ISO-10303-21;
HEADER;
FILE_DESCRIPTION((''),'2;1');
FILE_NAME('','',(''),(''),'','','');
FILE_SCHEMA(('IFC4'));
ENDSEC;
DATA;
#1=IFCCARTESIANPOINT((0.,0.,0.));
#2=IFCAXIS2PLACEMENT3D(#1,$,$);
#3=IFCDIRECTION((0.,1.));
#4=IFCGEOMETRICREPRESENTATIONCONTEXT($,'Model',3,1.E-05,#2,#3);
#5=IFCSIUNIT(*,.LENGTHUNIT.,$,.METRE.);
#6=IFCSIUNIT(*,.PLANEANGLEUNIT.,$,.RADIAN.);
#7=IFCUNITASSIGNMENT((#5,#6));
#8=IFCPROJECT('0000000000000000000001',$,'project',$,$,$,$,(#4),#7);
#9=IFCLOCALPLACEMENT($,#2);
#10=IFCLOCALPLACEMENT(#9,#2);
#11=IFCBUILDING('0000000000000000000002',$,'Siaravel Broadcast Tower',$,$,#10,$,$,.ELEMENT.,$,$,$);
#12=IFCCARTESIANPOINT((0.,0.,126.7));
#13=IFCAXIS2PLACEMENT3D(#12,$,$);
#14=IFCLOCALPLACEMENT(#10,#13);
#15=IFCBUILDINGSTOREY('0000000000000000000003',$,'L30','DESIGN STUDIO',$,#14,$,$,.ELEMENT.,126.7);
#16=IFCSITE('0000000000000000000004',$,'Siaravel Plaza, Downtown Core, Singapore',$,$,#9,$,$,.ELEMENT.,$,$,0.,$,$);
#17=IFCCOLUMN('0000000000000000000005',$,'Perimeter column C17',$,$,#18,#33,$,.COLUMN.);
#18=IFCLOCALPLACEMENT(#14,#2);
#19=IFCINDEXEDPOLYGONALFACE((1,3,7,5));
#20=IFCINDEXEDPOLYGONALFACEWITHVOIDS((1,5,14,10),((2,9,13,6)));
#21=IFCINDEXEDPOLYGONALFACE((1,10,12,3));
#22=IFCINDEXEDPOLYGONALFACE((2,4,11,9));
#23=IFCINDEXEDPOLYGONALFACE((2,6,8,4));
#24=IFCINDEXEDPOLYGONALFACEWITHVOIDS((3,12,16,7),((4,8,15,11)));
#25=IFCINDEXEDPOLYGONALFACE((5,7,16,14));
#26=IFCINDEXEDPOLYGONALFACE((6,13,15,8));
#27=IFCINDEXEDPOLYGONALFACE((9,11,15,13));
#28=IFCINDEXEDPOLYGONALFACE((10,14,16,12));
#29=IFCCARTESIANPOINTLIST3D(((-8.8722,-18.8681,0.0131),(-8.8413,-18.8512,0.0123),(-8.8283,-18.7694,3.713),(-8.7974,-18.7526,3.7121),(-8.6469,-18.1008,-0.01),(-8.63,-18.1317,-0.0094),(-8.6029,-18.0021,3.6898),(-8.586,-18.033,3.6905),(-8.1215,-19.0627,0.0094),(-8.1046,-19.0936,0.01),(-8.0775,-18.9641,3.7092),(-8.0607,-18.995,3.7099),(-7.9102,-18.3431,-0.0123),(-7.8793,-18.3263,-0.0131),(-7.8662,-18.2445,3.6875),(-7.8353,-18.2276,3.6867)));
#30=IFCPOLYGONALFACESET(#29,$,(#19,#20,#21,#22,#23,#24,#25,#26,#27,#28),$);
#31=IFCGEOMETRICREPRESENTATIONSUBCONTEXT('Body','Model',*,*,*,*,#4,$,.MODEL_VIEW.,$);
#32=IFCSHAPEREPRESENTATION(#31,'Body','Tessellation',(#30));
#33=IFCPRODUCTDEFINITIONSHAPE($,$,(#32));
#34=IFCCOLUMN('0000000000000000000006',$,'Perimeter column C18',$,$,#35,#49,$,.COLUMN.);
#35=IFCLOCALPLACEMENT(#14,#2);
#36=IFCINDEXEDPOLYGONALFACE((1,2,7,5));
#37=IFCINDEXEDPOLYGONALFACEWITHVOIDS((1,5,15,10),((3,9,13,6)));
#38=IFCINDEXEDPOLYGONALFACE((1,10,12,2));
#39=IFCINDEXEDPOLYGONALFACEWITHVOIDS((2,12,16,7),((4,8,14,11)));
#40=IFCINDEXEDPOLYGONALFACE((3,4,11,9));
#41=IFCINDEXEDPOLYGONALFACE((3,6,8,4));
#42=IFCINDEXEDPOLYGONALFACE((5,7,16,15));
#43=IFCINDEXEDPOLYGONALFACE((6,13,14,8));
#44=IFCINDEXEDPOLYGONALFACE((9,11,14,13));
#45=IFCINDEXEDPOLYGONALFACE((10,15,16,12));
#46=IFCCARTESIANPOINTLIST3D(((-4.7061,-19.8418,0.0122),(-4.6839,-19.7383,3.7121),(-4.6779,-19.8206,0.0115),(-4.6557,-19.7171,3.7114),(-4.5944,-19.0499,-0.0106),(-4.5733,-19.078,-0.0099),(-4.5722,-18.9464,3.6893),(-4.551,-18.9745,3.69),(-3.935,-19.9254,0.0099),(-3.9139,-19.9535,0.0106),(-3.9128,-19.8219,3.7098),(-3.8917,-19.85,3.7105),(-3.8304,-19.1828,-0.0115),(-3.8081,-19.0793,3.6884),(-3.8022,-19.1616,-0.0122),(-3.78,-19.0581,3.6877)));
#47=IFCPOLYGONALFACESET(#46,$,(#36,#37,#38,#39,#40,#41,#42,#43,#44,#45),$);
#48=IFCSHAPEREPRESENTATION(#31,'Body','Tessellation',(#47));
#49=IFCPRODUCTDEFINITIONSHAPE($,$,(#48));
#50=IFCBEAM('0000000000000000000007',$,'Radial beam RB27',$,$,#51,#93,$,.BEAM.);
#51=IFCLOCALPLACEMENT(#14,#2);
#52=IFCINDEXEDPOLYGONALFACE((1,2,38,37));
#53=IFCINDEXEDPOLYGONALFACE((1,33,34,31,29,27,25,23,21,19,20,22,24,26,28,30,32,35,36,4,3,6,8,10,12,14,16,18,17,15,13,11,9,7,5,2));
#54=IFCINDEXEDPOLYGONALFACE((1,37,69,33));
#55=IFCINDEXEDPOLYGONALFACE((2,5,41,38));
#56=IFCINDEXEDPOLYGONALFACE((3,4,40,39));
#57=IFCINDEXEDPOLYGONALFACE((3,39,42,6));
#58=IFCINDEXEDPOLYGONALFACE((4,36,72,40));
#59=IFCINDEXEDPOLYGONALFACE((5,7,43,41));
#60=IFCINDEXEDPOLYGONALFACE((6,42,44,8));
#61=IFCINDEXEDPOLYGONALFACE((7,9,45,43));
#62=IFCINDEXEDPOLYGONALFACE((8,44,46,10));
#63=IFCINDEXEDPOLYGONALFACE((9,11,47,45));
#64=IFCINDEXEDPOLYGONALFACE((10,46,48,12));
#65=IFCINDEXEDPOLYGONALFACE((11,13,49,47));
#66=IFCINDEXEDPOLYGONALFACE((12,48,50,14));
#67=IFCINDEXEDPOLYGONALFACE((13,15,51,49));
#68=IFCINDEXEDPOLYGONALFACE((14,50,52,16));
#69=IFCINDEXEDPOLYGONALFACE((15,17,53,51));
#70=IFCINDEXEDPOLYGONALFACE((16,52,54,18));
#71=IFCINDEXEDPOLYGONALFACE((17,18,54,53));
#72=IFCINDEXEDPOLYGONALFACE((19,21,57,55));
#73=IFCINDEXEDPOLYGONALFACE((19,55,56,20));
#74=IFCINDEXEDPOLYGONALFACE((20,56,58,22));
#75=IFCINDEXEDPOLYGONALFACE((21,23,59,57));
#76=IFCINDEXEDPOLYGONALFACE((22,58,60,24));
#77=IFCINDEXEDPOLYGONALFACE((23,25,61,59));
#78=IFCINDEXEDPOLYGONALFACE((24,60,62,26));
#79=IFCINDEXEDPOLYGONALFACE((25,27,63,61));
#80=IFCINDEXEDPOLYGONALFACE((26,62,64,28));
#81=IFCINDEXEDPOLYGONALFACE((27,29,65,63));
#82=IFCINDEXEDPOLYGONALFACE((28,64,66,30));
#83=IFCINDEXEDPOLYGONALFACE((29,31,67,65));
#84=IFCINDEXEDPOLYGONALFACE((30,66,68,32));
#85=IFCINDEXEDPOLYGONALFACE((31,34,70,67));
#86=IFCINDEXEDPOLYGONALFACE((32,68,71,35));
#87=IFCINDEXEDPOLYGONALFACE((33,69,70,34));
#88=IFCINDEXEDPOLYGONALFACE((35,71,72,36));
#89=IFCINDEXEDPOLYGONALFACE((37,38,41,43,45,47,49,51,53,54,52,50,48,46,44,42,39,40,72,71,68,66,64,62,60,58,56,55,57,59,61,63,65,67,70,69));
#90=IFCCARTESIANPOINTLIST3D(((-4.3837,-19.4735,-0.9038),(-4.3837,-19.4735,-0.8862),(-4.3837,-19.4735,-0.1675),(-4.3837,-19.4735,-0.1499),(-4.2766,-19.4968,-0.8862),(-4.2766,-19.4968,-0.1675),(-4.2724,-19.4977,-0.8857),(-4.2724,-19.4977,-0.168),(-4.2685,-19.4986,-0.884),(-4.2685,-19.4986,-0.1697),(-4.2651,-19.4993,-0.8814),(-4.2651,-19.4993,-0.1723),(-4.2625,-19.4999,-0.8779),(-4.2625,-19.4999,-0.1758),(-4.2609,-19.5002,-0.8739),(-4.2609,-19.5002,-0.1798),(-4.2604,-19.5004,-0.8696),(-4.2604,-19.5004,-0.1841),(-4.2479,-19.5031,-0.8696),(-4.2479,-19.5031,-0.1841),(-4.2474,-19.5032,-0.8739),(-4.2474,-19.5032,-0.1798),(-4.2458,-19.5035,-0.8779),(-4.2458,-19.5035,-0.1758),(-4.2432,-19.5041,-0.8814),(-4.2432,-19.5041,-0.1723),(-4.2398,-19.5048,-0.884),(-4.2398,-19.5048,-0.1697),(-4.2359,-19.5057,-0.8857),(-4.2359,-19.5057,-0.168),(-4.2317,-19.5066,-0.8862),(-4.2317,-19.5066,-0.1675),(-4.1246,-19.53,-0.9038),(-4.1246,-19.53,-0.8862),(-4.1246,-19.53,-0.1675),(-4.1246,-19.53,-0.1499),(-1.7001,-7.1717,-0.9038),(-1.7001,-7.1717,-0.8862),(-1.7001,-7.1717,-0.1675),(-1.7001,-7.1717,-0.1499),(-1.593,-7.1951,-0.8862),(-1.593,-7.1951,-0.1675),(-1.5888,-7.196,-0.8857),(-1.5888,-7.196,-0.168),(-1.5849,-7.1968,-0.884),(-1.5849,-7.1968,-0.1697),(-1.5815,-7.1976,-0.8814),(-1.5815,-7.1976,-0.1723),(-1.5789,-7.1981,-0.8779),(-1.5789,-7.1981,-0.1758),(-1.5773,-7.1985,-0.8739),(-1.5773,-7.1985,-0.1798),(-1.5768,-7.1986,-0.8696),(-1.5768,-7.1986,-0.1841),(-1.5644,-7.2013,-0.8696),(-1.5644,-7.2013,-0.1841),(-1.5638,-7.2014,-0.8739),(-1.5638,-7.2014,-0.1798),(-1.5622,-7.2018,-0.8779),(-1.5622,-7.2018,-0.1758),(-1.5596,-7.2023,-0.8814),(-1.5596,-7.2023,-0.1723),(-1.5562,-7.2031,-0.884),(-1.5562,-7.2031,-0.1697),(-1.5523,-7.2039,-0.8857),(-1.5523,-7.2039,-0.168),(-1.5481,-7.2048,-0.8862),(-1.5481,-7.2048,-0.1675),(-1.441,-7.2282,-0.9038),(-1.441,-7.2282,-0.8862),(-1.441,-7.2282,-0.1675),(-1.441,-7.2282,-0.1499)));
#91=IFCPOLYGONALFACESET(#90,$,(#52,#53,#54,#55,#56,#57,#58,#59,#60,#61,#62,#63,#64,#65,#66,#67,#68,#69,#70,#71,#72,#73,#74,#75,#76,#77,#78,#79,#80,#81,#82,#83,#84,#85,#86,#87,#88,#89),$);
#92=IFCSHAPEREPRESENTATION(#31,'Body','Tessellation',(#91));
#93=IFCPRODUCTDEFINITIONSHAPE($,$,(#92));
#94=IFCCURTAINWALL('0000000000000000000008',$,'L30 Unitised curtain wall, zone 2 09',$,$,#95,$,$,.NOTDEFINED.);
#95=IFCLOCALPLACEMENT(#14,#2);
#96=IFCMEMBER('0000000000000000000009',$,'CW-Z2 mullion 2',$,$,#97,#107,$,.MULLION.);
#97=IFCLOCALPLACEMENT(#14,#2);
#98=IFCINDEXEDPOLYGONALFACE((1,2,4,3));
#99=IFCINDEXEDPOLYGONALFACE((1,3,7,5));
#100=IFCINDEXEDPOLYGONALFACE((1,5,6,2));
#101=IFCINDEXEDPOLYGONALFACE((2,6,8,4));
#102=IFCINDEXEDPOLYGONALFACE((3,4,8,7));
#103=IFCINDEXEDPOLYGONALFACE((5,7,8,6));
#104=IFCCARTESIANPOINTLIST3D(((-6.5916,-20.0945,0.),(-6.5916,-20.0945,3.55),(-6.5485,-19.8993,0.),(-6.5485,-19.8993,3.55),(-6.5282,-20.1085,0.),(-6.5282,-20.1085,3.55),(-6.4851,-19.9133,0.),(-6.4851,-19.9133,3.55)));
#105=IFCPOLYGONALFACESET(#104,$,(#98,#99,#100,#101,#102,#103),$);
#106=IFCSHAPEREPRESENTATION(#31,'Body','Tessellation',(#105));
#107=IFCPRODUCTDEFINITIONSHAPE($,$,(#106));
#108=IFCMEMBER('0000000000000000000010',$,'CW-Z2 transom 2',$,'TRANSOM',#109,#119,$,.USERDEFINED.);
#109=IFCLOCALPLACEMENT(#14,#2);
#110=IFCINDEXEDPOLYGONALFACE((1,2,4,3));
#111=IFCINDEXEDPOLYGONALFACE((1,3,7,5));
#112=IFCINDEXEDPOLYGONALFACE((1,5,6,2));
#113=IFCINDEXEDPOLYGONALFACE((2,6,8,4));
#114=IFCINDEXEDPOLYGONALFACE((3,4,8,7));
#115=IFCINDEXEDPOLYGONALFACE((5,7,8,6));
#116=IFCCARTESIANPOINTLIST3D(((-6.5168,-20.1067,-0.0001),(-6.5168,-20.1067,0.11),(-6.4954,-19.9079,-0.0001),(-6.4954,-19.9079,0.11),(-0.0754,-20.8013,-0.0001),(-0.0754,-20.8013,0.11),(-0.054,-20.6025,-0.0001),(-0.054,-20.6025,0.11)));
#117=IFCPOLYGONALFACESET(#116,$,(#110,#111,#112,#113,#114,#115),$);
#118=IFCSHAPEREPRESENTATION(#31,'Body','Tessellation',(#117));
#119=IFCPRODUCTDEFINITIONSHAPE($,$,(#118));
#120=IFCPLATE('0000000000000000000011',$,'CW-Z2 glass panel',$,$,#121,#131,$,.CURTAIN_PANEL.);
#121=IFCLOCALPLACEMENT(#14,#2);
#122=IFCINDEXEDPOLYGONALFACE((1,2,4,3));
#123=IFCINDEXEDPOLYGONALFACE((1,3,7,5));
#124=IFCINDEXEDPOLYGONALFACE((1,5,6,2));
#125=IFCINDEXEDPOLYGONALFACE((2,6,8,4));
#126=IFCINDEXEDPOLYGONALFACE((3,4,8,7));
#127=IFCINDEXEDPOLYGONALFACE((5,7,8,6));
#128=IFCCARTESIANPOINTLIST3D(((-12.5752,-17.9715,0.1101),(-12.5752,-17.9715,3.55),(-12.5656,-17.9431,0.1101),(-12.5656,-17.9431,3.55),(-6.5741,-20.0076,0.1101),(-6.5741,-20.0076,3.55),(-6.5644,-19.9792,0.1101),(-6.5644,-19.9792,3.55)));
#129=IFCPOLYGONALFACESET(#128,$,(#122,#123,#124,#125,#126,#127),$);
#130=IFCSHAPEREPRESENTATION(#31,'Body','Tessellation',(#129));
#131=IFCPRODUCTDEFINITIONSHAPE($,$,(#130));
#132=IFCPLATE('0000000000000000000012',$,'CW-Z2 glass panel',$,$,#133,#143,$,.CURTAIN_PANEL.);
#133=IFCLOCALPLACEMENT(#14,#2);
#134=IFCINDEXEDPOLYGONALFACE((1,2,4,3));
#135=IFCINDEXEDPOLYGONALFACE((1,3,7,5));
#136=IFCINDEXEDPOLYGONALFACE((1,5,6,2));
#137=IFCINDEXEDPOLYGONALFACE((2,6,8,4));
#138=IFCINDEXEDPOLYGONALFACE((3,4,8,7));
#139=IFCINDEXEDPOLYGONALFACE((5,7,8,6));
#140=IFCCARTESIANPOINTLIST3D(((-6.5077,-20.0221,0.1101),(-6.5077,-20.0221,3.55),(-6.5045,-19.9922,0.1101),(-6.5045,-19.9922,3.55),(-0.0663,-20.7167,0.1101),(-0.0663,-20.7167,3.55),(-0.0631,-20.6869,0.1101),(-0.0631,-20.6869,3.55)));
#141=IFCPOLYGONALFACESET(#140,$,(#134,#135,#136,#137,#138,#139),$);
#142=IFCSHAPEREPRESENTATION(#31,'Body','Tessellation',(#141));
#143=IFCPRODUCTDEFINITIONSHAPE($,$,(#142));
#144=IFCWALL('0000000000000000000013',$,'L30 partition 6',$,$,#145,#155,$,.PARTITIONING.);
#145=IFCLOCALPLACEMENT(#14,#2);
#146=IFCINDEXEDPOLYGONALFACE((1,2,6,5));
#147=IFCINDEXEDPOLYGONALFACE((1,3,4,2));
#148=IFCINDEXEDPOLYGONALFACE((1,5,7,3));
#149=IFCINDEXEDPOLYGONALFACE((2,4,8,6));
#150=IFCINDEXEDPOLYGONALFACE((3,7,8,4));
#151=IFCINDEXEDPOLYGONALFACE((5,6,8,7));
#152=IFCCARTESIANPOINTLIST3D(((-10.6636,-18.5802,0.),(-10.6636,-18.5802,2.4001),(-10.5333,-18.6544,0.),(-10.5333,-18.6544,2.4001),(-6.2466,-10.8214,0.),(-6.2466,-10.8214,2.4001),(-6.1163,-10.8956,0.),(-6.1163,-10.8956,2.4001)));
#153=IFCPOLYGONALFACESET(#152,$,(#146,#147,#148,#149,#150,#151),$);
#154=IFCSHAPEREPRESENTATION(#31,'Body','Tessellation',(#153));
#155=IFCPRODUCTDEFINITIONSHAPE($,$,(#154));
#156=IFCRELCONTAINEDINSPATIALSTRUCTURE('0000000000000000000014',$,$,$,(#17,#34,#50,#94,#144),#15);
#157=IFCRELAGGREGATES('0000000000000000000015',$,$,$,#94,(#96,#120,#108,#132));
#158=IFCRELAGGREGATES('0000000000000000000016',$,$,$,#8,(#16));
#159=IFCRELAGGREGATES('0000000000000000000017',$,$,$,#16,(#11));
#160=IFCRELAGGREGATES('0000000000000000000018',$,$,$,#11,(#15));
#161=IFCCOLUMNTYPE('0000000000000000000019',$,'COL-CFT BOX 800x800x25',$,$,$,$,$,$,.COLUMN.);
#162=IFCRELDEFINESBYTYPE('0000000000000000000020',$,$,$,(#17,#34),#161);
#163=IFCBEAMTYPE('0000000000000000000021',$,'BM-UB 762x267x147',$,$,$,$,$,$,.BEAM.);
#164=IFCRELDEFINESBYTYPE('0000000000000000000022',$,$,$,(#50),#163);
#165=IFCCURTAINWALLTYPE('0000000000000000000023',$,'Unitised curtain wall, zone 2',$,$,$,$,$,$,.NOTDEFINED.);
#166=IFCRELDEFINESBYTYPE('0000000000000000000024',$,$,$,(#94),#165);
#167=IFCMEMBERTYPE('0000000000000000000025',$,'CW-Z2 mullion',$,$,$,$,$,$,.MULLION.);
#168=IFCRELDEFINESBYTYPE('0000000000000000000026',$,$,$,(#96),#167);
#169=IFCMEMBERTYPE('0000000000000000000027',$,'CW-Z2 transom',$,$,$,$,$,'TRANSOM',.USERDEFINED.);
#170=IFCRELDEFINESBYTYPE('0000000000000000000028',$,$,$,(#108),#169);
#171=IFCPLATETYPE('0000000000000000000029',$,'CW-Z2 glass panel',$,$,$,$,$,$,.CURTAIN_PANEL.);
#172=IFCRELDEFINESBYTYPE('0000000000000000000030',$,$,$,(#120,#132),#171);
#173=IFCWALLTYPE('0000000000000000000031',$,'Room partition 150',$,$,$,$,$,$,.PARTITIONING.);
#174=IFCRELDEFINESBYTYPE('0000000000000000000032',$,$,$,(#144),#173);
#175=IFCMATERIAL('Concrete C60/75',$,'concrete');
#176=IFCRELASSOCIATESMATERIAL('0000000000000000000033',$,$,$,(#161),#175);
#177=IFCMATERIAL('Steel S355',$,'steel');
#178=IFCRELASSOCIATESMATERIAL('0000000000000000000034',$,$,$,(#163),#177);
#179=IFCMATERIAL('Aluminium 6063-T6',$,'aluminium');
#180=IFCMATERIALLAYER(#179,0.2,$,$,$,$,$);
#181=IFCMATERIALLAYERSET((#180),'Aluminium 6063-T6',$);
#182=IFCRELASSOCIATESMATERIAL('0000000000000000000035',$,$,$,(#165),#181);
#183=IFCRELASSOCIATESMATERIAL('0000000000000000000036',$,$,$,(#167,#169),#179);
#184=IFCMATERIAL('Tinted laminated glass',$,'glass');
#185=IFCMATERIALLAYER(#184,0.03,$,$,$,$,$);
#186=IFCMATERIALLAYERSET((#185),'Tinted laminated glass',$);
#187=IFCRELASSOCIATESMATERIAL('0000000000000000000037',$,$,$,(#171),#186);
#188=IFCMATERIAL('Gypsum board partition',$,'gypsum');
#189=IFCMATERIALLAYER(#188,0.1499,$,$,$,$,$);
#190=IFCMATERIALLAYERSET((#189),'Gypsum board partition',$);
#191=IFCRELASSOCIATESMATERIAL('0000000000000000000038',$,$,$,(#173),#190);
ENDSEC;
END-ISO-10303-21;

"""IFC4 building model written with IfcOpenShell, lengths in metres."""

from ifc_helpers import new_model, si_unit, direction, frame, frame_2d, origin, origin_2d, place, context, subcontext, project, spatial, rectangle, hollow_rectangle, i_section, extrude, material, layer, layer_set, material_profile, profile_set, type_object, element, aggregate, save


model = new_model("IFC4")

# Units and contexts
model_context = context("Model", 3, precision=1e-05, world=origin(), true_north=direction((0.0, 1.0)))
body_context = subcontext(model_context, "Body", "Model", "MODEL_VIEW")
ifc_project = project(units=[si_unit("LENGTHUNIT", "METRE"), si_unit("PLANEANGLEUNIT", "RADIAN")], contexts=[model_context])

# Site, building, storey
site_placement = place(None, origin())
site = spatial("IfcSite", under=ifc_project, at=site_placement, Name="Siaravel Plaza, Downtown Core, Singapore", CompositionType="ELEMENT", RefElevation=0.0)
building_placement = place(site_placement, origin())
building = spatial("IfcBuilding", under=site, at=building_placement, Name="Siaravel Broadcast Tower", CompositionType="ELEMENT")
storey_placement = place(building_placement, frame((0.0, 0.0, 126.7)))
storey = spatial("IfcBuildingStorey", under=building, at=storey_placement, Name="L30", Description="DESIGN STUDIO", CompositionType="ELEMENT", Elevation=126.7)

# Columns
ifc_material_1 = material(Name="Concrete C60/75", Category="concrete")
ifc_material_profile_1 = material_profile(ifc_material_1, hollow_rectangle(XDim=0.8, YDim=0.8, WallThickness=0.0249, at=origin_2d()))
ifc_profile_set_1 = profile_set([ifc_material_profile_1], Name="Concrete C60/75")
column_type = type_object("IfcColumnType", Name="COL-CFT BOX 800x800x25", PredefinedType="COLUMN", material=ifc_profile_set_1)
for number, where, z_axis, x_axis, name in (
    (1, (-8.3757, -18.5972, 0.0), (0.011872, 0.026647, 0.999574), (-0.959438, 0.281893, 0.003881), "Perimeter column C17"),
    (2, (-4.2542, -19.5017, 0.0), (0.006002, 0.027966, 0.999591), (-0.990198, 0.139655, 0.002039), "Perimeter column C18"),
):
    element("IfcColumn", number, at=place(storey_placement, frame(where, z_axis=z_axis, x_axis=x_axis)), inside=storey, type_object=column_type, Name=name, PredefinedType="COLUMN", context=body_context, shape_type="SweptSolid", body=[
        extrude(hollow_rectangle(XDim=0.8, YDim=0.8, WallThickness=0.0249, at=origin_2d()), origin(), (0.0, 0.0, 1.0), 3.7014),
    ])

# Beam
ifc_material_2 = material(Name="Steel S355", Category="steel")
ifc_material_profile_2 = material_profile(ifc_material_2, i_section(OverallWidth=0.2651, OverallDepth=0.7539, WebThickness=0.0127, FlangeThickness=0.0176, FilletRadius=0.0166, at=origin_2d()))
ifc_profile_set_2 = profile_set([ifc_material_profile_2], Name="Steel S355")
beam_type = type_object("IfcBeamType", Name="BM-UB 762x267x147", PredefinedType="BEAM", material=ifc_profile_set_2)
beam_placement = place(storey_placement, frame((-4.2542, -19.5017, -0.5269), z_axis=(0.213135, 0.977023, 0.0), x_axis=(-0.977023, 0.213135, 0.0)))
element("IfcBeam", 3, at=beam_placement, inside=storey, type_object=beam_type, Name="Radial beam RB27", PredefinedType="BEAM", context=body_context, shape_type="SweptSolid", body=[
    extrude(i_section(OverallWidth=0.2651, OverallDepth=0.7539, WebThickness=0.0127, FlangeThickness=0.0176, FilletRadius=0.0166, at=origin_2d()), origin(), (0.0, 0.0, 1.0), 12.5911),
])

# Curtain wall, members, plates
ifc_material_3 = material(Name="Aluminium 6063-T6", Category="aluminium")
ifc_layer_1 = layer(ifc_material_3, 0.2)
ifc_layer_set_1 = layer_set([ifc_layer_1], Name="Aluminium 6063-T6")
curtain_wall_type = type_object("IfcCurtainWallType", Name="Unitised curtain wall, zone 2", PredefinedType="NOTDEFINED", material=ifc_layer_set_1)
curtain_wall_placement = place(storey_placement, origin())
curtain_wall = element("IfcCurtainWall", 4, at=curtain_wall_placement, inside=storey, type_object=curtain_wall_type, Name="L30 Unitised curtain wall, zone 2 09", PredefinedType="NOTDEFINED")
ifc_material_profile_3 = material_profile(ifc_material_3, rectangle(XDim=0.2, YDim=0.0649, at=origin_2d()))
ifc_profile_set_3 = profile_set([ifc_material_profile_3], Name="Aluminium 6063-T6")
member_type_1 = type_object("IfcMemberType", Name="CW-Z2 mullion", PredefinedType="MULLION", material=ifc_profile_set_3)
member_1_placement = place(storey_placement, frame((-6.5383, -20.0039, 0.0), z_axis=(0.0, 0.0, 1.0), x_axis=(0.215558, 0.976491, 0.0)))
member_1 = element("IfcMember", 5, at=member_1_placement, type_object=member_type_1, Name="CW-Z2 mullion 2", PredefinedType="MULLION", context=body_context, shape_type="SweptSolid", body=[
    extrude(rectangle(XDim=0.2, YDim=0.0649, at=origin_2d()), origin(), (0.0, 0.0, 1.0), 3.55),
])
ifc_material_profile_4 = material_profile(ifc_material_3, rectangle(XDim=0.2, YDim=0.1101, at=origin_2d()))
ifc_profile_set_4 = profile_set([ifc_material_profile_4], Name="Aluminium 6063-T6")
member_type_2 = type_object("IfcMemberType", Name="CW-Z2 transom", ElementType="TRANSOM", PredefinedType="USERDEFINED", material=ifc_profile_set_4)
member_2_placement = place(storey_placement, frame((-6.5061, -20.0073, 0.0549), z_axis=(0.994237, -0.107209, 0.0), x_axis=(0.107209, 0.994237, 0.0)))
member_2 = element("IfcMember", 6, at=member_2_placement, type_object=member_type_2, Name="CW-Z2 transom 2", ObjectType="TRANSOM", PredefinedType="USERDEFINED", context=body_context, shape_type="SweptSolid", body=[
    extrude(rectangle(XDim=0.2, YDim=0.1101, at=origin_2d()), origin(), (0.0, 0.0, 1.0), 6.4788),
])
ifc_material_4 = material(Name="Tinted laminated glass", Category="glass")
ifc_layer_2 = layer(ifc_material_4, 0.03)
ifc_layer_set_2 = layer_set([ifc_layer_2], Name="Tinted laminated glass")
plate_type = type_object("IfcPlateType", Name="CW-Z2 glass panel", PredefinedType="CURTAIN_PANEL", material=ifc_layer_set_2)
plate_1_placement = place(storey_placement, frame((-9.5698, -18.9753, 0.1101), z_axis=(0.0, 0.0, 1.0), x_axis=(0.946977, -0.321301, 0.0)))
plate_1 = element("IfcPlate", 7, at=plate_1_placement, type_object=plate_type, Name="CW-Z2 glass panel", PredefinedType="CURTAIN_PANEL", context=body_context, shape_type="SweptSolid", body=[
    extrude(rectangle(XDim=6.3372, YDim=0.03, at=origin_2d()), origin(), (0.0, 0.0, 1.0), 3.4399),
])
plate_2_placement = place(storey_placement, frame((-3.2854, -20.3545, 0.1101), z_axis=(0.0, 0.0, 1.0), x_axis=(0.994236, -0.107217, 0.0)))
plate_2 = element("IfcPlate", 8, at=plate_2_placement, type_object=plate_type, Name="CW-Z2 glass panel", PredefinedType="CURTAIN_PANEL", context=body_context, shape_type="SweptSolid", body=[
    extrude(rectangle(XDim=6.4788, YDim=0.03, at=origin_2d()), origin(), (0.0, 0.0, 1.0), 3.4399),
])
aggregate(curtain_wall, [member_1, plate_1, member_2, plate_2])

# Wall
ifc_material_5 = material(Name="Gypsum board partition", Category="gypsum")
ifc_layer_3 = layer(ifc_material_5, 0.1499)
ifc_layer_set_3 = layer_set([ifc_layer_3], Name="Gypsum board partition")
wall_type = type_object("IfcWallType", Name="Room partition 150", PredefinedType="PARTITIONING", material=ifc_layer_set_3)
wall_placement = place(storey_placement, frame((-10.5984, -18.6172, 0.0), z_axis=(0.0, 0.0, 1.0), x_axis=(0.494737, 0.869043, 0.0)))
element("IfcWall", 9, at=wall_placement, inside=storey, type_object=wall_type, Name="L30 partition 6", PredefinedType="PARTITIONING", context=body_context, shape_type="SweptSolid", body=[
    extrude(rectangle(XDim=8.928, YDim=0.1499, at=frame_2d((4.4639, 0.0))), origin(), (0.0, 0.0, 1.0), 2.4001),
])

save(model, "model.ifc")
